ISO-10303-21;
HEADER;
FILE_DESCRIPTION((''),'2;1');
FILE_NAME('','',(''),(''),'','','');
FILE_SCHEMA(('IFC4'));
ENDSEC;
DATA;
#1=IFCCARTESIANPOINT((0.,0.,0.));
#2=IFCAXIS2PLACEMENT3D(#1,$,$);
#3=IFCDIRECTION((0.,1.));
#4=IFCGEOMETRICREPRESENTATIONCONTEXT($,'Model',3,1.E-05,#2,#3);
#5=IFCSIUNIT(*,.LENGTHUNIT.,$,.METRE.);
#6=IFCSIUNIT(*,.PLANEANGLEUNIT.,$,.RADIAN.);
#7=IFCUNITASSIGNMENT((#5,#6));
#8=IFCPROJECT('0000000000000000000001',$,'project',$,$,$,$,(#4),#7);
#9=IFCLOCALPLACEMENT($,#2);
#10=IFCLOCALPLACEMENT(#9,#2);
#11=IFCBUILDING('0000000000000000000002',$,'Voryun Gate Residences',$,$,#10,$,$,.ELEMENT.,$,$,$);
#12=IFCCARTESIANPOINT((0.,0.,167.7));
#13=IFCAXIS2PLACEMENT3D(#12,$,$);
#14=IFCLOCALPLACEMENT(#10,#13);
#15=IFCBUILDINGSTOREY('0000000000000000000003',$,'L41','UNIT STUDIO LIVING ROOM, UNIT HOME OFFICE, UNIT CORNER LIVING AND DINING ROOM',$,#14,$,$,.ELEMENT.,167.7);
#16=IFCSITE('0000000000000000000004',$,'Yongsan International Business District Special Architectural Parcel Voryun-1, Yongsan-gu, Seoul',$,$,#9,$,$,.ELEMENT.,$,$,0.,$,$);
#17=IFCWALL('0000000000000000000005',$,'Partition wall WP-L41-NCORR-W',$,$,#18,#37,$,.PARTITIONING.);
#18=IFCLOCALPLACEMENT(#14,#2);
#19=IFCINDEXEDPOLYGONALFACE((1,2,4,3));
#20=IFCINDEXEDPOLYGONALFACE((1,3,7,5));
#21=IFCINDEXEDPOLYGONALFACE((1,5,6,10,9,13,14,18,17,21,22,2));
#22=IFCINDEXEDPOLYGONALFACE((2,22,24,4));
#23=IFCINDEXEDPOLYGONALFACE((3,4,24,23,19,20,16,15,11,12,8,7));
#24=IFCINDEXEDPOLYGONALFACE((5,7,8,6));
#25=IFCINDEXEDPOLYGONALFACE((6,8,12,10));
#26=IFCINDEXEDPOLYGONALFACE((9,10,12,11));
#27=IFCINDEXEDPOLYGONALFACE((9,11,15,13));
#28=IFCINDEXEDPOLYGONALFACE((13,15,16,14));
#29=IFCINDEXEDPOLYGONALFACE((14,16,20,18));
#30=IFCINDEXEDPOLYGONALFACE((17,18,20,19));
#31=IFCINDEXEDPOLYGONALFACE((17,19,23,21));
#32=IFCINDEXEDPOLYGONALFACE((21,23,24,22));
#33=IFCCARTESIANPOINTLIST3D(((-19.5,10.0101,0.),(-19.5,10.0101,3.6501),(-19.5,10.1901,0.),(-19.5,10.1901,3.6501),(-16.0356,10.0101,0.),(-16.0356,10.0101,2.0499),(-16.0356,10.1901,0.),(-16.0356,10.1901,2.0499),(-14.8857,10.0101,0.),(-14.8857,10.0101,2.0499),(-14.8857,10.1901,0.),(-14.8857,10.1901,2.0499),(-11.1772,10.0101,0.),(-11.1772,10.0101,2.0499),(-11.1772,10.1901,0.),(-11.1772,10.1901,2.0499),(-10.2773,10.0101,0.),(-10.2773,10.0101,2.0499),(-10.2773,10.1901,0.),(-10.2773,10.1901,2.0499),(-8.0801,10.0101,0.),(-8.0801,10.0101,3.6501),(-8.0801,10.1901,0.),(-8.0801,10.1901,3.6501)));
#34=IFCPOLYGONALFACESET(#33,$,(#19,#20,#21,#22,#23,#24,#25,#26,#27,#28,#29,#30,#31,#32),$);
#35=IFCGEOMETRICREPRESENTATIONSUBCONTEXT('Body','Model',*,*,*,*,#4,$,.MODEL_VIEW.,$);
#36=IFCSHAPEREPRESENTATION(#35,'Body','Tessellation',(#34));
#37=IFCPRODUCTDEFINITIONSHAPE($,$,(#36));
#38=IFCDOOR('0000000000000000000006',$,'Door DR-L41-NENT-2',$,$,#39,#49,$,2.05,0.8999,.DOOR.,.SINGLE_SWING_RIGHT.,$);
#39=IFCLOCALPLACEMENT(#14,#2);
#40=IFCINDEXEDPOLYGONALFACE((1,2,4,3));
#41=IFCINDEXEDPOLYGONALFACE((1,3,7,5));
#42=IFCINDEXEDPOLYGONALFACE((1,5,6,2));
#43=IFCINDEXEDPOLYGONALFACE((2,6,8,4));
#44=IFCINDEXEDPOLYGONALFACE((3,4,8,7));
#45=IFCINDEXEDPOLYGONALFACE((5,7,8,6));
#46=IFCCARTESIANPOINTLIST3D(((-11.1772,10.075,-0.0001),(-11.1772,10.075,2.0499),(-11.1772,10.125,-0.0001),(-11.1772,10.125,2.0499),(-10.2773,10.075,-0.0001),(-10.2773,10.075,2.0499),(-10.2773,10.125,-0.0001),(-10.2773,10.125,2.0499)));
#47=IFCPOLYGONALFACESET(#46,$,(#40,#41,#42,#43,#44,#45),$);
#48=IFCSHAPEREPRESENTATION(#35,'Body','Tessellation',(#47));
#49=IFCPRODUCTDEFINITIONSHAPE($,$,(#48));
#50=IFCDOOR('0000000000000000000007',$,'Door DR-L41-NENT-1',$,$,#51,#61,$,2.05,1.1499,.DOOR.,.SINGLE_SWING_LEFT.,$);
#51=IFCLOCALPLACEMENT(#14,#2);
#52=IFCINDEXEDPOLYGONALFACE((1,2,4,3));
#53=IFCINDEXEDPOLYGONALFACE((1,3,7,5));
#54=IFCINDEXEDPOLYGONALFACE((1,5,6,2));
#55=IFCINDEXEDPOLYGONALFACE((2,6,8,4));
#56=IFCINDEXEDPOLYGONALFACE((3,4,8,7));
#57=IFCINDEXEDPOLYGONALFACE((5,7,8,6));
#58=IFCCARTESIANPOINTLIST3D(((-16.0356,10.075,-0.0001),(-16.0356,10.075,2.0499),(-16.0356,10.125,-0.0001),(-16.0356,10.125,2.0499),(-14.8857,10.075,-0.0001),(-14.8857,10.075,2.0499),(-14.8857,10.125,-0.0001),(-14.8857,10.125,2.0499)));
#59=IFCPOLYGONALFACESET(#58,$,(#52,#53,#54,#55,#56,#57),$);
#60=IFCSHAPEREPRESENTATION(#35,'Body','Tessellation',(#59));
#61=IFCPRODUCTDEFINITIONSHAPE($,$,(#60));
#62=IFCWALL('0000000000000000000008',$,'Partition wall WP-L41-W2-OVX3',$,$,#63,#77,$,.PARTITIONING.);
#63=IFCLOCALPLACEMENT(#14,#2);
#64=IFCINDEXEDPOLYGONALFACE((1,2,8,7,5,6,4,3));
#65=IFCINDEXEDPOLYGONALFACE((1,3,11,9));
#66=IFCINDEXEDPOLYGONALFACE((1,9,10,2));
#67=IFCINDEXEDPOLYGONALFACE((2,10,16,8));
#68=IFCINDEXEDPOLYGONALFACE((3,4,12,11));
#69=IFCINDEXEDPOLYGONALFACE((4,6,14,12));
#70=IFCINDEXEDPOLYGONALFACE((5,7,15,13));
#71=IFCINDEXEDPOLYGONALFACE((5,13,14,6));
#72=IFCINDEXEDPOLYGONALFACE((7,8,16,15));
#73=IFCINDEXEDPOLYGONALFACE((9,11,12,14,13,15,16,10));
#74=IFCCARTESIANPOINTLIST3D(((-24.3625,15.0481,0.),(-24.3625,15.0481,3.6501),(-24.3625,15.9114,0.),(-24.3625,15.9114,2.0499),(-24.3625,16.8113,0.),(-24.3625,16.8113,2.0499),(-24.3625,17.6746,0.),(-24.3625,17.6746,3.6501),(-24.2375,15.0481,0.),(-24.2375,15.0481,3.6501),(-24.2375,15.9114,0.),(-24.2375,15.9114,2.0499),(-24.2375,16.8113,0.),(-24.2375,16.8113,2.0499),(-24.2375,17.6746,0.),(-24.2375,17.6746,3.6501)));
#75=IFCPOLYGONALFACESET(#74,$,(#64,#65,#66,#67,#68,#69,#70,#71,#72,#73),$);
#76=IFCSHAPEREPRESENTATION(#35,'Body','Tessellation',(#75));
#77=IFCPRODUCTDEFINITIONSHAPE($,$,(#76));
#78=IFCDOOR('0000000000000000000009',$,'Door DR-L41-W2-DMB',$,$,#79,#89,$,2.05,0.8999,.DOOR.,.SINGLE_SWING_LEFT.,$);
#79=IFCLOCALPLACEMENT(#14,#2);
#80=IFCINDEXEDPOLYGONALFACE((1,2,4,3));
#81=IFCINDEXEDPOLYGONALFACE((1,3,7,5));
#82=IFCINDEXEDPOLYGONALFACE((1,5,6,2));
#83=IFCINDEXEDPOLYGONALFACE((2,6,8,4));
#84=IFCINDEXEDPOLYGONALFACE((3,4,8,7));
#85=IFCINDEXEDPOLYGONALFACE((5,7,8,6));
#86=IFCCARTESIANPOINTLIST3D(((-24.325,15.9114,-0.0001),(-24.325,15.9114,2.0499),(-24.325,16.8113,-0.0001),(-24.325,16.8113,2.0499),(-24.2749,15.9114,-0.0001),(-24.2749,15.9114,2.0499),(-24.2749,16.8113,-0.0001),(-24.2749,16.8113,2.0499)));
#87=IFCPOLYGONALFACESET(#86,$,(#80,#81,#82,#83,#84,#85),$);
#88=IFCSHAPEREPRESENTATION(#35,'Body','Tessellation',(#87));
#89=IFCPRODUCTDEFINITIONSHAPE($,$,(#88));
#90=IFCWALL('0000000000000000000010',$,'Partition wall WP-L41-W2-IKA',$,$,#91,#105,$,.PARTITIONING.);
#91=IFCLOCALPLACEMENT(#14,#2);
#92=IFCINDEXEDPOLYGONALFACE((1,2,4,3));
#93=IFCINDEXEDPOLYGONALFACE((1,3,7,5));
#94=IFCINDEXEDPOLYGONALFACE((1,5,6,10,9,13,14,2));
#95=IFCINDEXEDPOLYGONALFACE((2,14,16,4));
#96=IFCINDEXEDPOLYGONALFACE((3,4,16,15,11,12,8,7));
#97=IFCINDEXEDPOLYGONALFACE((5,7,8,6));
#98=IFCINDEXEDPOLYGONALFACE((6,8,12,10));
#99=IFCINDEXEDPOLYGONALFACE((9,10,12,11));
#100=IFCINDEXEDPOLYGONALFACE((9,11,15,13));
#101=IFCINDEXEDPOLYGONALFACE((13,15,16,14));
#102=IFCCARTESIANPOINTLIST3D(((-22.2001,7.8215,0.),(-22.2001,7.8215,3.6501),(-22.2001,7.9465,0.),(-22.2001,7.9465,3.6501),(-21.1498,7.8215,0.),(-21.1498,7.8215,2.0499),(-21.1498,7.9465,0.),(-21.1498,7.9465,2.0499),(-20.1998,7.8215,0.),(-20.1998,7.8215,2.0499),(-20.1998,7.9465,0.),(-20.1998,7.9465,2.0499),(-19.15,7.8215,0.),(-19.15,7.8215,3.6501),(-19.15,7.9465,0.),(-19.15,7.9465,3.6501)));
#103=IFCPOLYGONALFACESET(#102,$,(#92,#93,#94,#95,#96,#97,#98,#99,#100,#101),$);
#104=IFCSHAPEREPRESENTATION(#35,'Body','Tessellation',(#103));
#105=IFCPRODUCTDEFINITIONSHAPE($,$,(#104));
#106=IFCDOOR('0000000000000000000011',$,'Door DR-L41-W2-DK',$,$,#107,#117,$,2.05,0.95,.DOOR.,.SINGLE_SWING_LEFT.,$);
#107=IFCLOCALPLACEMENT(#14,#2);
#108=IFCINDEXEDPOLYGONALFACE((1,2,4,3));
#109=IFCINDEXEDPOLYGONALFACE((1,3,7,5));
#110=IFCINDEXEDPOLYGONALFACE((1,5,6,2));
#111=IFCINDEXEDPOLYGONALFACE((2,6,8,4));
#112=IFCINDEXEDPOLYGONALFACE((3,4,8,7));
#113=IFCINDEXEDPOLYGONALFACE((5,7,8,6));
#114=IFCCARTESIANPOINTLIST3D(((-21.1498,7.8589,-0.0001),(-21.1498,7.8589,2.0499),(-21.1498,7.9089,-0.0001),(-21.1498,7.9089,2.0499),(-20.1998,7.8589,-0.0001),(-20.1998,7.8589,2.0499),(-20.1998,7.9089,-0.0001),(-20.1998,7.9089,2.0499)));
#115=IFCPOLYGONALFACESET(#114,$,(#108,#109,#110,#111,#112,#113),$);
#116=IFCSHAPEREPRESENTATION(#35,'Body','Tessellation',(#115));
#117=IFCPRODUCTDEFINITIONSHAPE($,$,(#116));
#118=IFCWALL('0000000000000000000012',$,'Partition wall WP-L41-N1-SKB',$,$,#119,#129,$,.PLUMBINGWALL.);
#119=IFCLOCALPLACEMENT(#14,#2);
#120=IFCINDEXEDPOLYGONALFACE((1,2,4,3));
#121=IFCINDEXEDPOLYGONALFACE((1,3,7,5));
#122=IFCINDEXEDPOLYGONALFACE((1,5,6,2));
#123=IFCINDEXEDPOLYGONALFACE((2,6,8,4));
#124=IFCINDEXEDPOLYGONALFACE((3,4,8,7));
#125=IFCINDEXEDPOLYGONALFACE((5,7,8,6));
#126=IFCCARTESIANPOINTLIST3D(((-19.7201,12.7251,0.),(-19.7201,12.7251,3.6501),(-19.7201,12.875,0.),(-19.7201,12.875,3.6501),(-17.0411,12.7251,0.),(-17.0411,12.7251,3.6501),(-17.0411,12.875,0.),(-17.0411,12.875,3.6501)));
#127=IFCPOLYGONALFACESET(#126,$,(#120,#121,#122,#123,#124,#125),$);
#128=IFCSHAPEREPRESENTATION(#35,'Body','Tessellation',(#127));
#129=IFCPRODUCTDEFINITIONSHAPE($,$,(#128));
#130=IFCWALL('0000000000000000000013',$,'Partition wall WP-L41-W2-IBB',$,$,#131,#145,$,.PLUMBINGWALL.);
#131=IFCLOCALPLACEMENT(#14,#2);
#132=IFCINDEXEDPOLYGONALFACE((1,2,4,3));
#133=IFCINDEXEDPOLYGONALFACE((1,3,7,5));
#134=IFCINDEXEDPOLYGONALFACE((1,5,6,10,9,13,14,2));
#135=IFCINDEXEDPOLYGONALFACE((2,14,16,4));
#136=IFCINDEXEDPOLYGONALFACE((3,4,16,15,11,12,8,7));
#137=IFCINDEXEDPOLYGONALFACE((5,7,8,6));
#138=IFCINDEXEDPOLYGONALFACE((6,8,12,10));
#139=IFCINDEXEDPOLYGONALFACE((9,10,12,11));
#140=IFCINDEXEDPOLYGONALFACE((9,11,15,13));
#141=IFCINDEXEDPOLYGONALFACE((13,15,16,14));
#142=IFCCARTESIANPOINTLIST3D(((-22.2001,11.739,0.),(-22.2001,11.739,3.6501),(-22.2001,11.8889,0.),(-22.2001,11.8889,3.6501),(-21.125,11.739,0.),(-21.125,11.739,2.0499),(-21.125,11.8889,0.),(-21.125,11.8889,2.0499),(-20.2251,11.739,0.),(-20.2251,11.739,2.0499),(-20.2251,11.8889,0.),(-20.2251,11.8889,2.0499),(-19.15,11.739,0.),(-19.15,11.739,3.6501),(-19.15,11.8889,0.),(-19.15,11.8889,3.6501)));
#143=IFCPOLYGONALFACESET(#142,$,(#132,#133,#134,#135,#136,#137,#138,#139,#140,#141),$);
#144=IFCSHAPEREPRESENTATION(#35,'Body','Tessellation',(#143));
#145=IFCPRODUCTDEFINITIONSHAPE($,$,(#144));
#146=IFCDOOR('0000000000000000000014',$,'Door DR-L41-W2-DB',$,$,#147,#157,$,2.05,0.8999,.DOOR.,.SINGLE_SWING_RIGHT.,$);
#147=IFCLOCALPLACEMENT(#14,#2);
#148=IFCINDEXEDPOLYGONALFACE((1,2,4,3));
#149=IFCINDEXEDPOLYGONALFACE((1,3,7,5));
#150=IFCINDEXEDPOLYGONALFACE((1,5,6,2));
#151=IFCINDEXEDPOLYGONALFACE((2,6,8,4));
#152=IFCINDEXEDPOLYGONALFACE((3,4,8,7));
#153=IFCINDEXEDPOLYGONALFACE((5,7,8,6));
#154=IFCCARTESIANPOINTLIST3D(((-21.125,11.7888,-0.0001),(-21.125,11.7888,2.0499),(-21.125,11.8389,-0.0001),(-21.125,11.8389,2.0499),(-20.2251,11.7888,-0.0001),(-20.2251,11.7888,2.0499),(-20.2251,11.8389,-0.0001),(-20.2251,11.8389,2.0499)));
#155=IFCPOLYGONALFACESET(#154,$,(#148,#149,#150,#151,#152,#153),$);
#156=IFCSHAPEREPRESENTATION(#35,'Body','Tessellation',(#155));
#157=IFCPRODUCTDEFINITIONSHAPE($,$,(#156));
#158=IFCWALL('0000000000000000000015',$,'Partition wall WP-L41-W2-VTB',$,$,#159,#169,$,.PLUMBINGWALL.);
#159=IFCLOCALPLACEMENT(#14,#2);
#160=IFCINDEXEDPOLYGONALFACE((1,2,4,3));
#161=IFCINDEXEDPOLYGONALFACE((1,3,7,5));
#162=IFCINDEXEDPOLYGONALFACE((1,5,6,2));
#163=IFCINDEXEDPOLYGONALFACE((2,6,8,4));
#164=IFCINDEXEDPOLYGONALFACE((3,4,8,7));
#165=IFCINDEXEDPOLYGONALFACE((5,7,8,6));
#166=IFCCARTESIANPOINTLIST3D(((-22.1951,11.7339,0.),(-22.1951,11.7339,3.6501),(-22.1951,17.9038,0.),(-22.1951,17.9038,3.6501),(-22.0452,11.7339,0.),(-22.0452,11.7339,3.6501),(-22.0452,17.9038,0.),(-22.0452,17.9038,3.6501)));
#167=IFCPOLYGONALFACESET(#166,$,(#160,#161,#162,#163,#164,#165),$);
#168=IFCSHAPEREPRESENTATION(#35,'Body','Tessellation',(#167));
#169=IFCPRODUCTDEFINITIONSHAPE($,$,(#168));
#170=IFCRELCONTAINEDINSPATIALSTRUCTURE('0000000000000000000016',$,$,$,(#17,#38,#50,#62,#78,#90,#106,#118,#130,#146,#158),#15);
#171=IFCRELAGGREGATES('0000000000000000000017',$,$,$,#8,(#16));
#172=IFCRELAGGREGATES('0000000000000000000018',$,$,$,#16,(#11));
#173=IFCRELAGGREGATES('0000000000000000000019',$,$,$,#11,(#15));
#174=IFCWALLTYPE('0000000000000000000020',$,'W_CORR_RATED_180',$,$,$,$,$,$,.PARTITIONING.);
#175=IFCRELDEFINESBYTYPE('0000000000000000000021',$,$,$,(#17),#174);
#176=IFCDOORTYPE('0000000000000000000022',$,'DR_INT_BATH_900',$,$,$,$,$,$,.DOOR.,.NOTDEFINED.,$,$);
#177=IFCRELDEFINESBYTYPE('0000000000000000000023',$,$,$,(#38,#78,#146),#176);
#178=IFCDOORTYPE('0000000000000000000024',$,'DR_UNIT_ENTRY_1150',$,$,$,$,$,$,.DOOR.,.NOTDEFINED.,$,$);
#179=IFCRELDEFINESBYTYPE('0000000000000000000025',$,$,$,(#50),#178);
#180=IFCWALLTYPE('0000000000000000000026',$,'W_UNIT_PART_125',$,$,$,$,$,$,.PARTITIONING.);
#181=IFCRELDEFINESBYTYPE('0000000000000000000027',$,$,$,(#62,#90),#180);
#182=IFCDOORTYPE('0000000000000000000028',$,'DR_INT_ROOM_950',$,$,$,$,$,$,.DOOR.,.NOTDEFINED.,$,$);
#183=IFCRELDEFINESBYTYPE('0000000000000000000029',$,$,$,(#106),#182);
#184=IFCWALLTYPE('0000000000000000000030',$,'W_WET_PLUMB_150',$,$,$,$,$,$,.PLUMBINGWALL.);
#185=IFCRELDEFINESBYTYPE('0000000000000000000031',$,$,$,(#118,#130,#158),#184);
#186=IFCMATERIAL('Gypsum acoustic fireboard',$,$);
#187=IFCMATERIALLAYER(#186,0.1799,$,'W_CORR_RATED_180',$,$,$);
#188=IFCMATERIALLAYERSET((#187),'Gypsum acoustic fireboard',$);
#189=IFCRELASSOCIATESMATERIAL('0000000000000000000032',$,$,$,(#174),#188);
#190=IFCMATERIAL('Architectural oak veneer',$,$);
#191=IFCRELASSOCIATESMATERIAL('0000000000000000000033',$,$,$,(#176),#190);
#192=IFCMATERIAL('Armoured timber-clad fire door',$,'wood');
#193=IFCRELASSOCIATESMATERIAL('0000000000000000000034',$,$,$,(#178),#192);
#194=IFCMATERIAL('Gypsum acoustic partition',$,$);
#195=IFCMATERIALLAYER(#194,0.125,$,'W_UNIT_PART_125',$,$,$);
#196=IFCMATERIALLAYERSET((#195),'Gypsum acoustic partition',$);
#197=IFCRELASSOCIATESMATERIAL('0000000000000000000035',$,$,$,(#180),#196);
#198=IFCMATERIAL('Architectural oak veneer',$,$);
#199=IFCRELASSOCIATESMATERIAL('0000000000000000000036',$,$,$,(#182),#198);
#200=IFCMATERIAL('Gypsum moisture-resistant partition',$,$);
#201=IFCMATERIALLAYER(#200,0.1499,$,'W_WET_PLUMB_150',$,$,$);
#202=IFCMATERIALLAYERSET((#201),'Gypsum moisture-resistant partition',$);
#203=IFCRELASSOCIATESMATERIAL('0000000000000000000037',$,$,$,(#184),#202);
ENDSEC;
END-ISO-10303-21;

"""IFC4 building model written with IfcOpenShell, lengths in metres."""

from ifc_helpers import new_model, si_unit, direction, frame, frame_2d, origin, place, context, subcontext, project, spatial, rectangle, extrude, material, layer, layer_set, type_object, element, fill, save


model = new_model("IFC4")

# Units and contexts
model_context = context("Model", 3, precision=1e-05, world=origin(), true_north=direction((0.0, 1.0)))
body_context = subcontext(model_context, "Body", "Model", "MODEL_VIEW")
ifc_project = project(units=[si_unit("LENGTHUNIT", "METRE"), si_unit("PLANEANGLEUNIT", "RADIAN")], contexts=[model_context])

# Site, building, storey
site_placement = place(None, origin())
site = spatial("IfcSite", under=ifc_project, at=site_placement, Name="Yongsan International Business District Special Architectural Parcel Voryun-1, Yongsan-gu, Seoul", CompositionType="ELEMENT", RefElevation=0.0)
building_placement = place(site_placement, origin())
building = spatial("IfcBuilding", under=site, at=building_placement, Name="Voryun Gate Residences", CompositionType="ELEMENT")
storey_placement = place(building_placement, frame((0.0, 0.0, 167.7)))
storey = spatial("IfcBuildingStorey", under=building, at=storey_placement, Name="L41", Description="UNIT STUDIO LIVING ROOM, UNIT HOME OFFICE, UNIT CORNER LIVING AND DINING ROOM", CompositionType="ELEMENT", Elevation=167.7)

# Wall, openings, doors
ifc_material_1 = material(Name="Gypsum acoustic fireboard")
ifc_layer_1 = layer(ifc_material_1, 0.1799, Name="W_CORR_RATED_180")
ifc_layer_set_1 = layer_set([ifc_layer_1], Name="Gypsum acoustic fireboard")
wall_type_1 = type_object("IfcWallType", Name="W_CORR_RATED_180", PredefinedType="PARTITIONING", material=ifc_layer_set_1)
wall_1_placement = place(storey_placement, frame((-19.5, 10.1001, 0.0), z_axis=(0.0, 0.0, 1.0), x_axis=(1.0, 0.0, 0.0)))
wall_1 = element("IfcWall", 1, at=wall_1_placement, inside=storey, type_object=wall_type_1, Name="Partition wall WP-L41-NCORR-W", PredefinedType="PARTITIONING", context=body_context, shape_type="SweptSolid", body=[
    extrude(rectangle(XDim=11.4199, YDim=0.1799, at=frame_2d((5.71, 0.0))), origin(), (0.0, 0.0, 1.0), 3.6501),
])
opening_1_placement = place(wall_1_placement, frame((3.4644, 0.0, 0.0)))
opening_1 = element("IfcOpeningElement", 2, at=opening_1_placement, cuts=wall_1, PredefinedType="OPENING", context=body_context, shape_type="SweptSolid", body=[
    extrude(rectangle(XDim=1.1499, YDim=2.05, at=frame_2d((0.575, 1.0249))), frame((0.0, 0.0999, 0.0), z_axis=(0.0, -1.0, 0.0), x_axis=(1.0, 0.0, 0.0)), (0.0, 0.0, 1.0), 0.2),
])
opening_2_placement = place(wall_1_placement, frame((8.3228, 0.0, 0.0)))
opening_2 = element("IfcOpeningElement", 3, at=opening_2_placement, cuts=wall_1, PredefinedType="OPENING", context=body_context, shape_type="SweptSolid", body=[
    extrude(rectangle(XDim=0.8999, YDim=2.05, at=frame_2d((0.45, 1.0249))), frame((0.0, 0.0999, 0.0), z_axis=(0.0, -1.0, 0.0), x_axis=(1.0, 0.0, 0.0)), (0.0, 0.0, 1.0), 0.2),
])
ifc_material_2 = material(Name="Architectural oak veneer")
door_type_1 = type_object("IfcDoorType", Name="DR_INT_BATH_900", OperationType="NOTDEFINED", PredefinedType="DOOR", material=ifc_material_2)
door_1_placement = place(opening_2_placement, origin())
door_1 = element("IfcDoor", 4, at=door_1_placement, inside=storey, type_object=door_type_1, Name="Door DR-L41-NENT-2", OperationType="SINGLE_SWING_RIGHT", OverallHeight=2.05, OverallWidth=0.8999, PredefinedType="DOOR", context=body_context, shape_type="SweptSolid", body=[
    extrude(rectangle(XDim=0.8999, YDim=2.05, at=frame_2d((0.45, 1.0249))), frame((0.0, 0.0249, 0.0), z_axis=(0.0, -1.0, 0.0), x_axis=(1.0, 0.0, 0.0)), (0.0, 0.0, 1.0), 0.05),
])
fill(opening_2, door_1)
ifc_material_3 = material(Name="Armoured timber-clad fire door", Category="wood")
door_type_2 = type_object("IfcDoorType", Name="DR_UNIT_ENTRY_1150", OperationType="NOTDEFINED", PredefinedType="DOOR", material=ifc_material_3)
door_2_placement = place(opening_1_placement, origin())
door_2 = element("IfcDoor", 5, at=door_2_placement, inside=storey, type_object=door_type_2, Name="Door DR-L41-NENT-1", OperationType="SINGLE_SWING_LEFT", OverallHeight=2.05, OverallWidth=1.1499, PredefinedType="DOOR", context=body_context, shape_type="SweptSolid", body=[
    extrude(rectangle(XDim=1.1499, YDim=2.05, at=frame_2d((0.575, 1.0249))), frame((0.0, 0.0249, 0.0), z_axis=(0.0, -1.0, 0.0), x_axis=(1.0, 0.0, 0.0)), (0.0, 0.0, 1.0), 0.05),
])
fill(opening_1, door_2)

# Walls, openings, doors
ifc_material_4 = material(Name="Gypsum acoustic partition")
ifc_layer_2 = layer(ifc_material_4, 0.125, Name="W_UNIT_PART_125")
ifc_layer_set_2 = layer_set([ifc_layer_2], Name="Gypsum acoustic partition")
wall_type_2 = type_object("IfcWallType", Name="W_UNIT_PART_125", PredefinedType="PARTITIONING", material=ifc_layer_set_2)
wall_2_placement = place(storey_placement, frame((-24.3, 15.0481, 0.0), z_axis=(0.0, 0.0, 1.0), x_axis=(0.0, 1.0, 0.0)))
wall_2 = element("IfcWall", 6, at=wall_2_placement, inside=storey, type_object=wall_type_2, Name="Partition wall WP-L41-W2-OVX3", PredefinedType="PARTITIONING", context=body_context, shape_type="SweptSolid", body=[
    extrude(rectangle(XDim=2.6265, YDim=0.125, at=frame_2d((1.3132, 0.0))), origin(), (0.0, 0.0, 1.0), 3.6501),
])
opening_3_placement = place(wall_2_placement, frame((0.8633, 0.0, 0.0)))
opening_3 = element("IfcOpeningElement", 7, at=opening_3_placement, cuts=wall_2, PredefinedType="OPENING", context=body_context, shape_type="SweptSolid", body=[
    extrude(rectangle(XDim=0.8999, YDim=2.05, at=frame_2d((0.45, 1.0249))), frame((0.0, 0.0725, 0.0), z_axis=(0.0, -1.0, 0.0), x_axis=(1.0, 0.0, 0.0)), (0.0, 0.0, 1.0), 0.145),
])
door_3_placement = place(opening_3_placement, origin())
door_3 = element("IfcDoor", 8, at=door_3_placement, inside=storey, type_object=door_type_1, Name="Door DR-L41-W2-DMB", OperationType="SINGLE_SWING_LEFT", OverallHeight=2.05, OverallWidth=0.8999, PredefinedType="DOOR", context=body_context, shape_type="SweptSolid", body=[
    extrude(rectangle(XDim=0.8999, YDim=2.05, at=frame_2d((0.45, 1.0249))), frame((0.0, 0.0249, 0.0), z_axis=(0.0, -1.0, 0.0), x_axis=(1.0, 0.0, 0.0)), (0.0, 0.0, 1.0), 0.05),
])
fill(opening_3, door_3)
wall_3_placement = place(storey_placement, frame((-22.2, 7.884, 0.0), z_axis=(0.0, 0.0, 1.0), x_axis=(1.0, 0.0, 0.0)))
wall_3 = element("IfcWall", 9, at=wall_3_placement, inside=storey, type_object=wall_type_2, Name="Partition wall WP-L41-W2-IKA", PredefinedType="PARTITIONING", context=body_context, shape_type="SweptSolid", body=[
    extrude(rectangle(XDim=3.05, YDim=0.125, at=frame_2d((1.5249, 0.0))), origin(), (0.0, 0.0, 1.0), 3.6501),
])
opening_4_placement = place(wall_3_placement, frame((1.05, 0.0, 0.0)))
opening_4 = element("IfcOpeningElement", 10, at=opening_4_placement, cuts=wall_3, PredefinedType="OPENING", context=body_context, shape_type="SweptSolid", body=[
    extrude(rectangle(XDim=0.95, YDim=2.05, at=frame_2d((0.4751, 1.0249))), frame((0.0, 0.0725, 0.0), z_axis=(0.0, -1.0, 0.0), x_axis=(1.0, 0.0, 0.0)), (0.0, 0.0, 1.0), 0.145),
])
ifc_material_5 = material(Name="Architectural oak veneer")
door_type_3 = type_object("IfcDoorType", Name="DR_INT_ROOM_950", OperationType="NOTDEFINED", PredefinedType="DOOR", material=ifc_material_5)
door_4_placement = place(opening_4_placement, origin())
door_4 = element("IfcDoor", 11, at=door_4_placement, inside=storey, type_object=door_type_3, Name="Door DR-L41-W2-DK", OperationType="SINGLE_SWING_LEFT", OverallHeight=2.05, OverallWidth=0.95, PredefinedType="DOOR", context=body_context, shape_type="SweptSolid", body=[
    extrude(rectangle(XDim=0.95, YDim=2.05, at=frame_2d((0.4751, 1.0249))), frame((0.0, 0.0249, 0.0), z_axis=(0.0, -1.0, 0.0), x_axis=(1.0, 0.0, 0.0)), (0.0, 0.0, 1.0), 0.05),
])
fill(opening_4, door_4)

# Wall
ifc_material_6 = material(Name="Gypsum moisture-resistant partition")
ifc_layer_3 = layer(ifc_material_6, 0.1499, Name="W_WET_PLUMB_150")
ifc_layer_set_3 = layer_set([ifc_layer_3], Name="Gypsum moisture-resistant partition")
wall_type_3 = type_object("IfcWallType", Name="W_WET_PLUMB_150", PredefinedType="PLUMBINGWALL", material=ifc_layer_set_3)
wall_4_placement = place(storey_placement, frame((-19.72, 12.8, 0.0), z_axis=(0.0, 0.0, 1.0), x_axis=(1.0, 0.0, 0.0)))
element("IfcWall", 12, at=wall_4_placement, inside=storey, type_object=wall_type_3, Name="Partition wall WP-L41-N1-SKB", PredefinedType="PLUMBINGWALL", context=body_context, shape_type="SweptSolid", body=[
    extrude(rectangle(XDim=2.679, YDim=0.1499, at=frame_2d((1.3394, 0.0))), origin(), (0.0, 0.0, 1.0), 3.6501),
])

# Wall, opening, door
wall_5_placement = place(storey_placement, frame((-22.2, 11.814, 0.0), z_axis=(0.0, 0.0, 1.0), x_axis=(1.0, 0.0, 0.0)))
wall_5 = element("IfcWall", 13, at=wall_5_placement, inside=storey, type_object=wall_type_3, Name="Partition wall WP-L41-W2-IBB", PredefinedType="PLUMBINGWALL", context=body_context, shape_type="SweptSolid", body=[
    extrude(rectangle(XDim=3.05, YDim=0.1499, at=frame_2d((1.5249, 0.0))), origin(), (0.0, 0.0, 1.0), 3.6501),
])
opening_5_placement = place(wall_5_placement, frame((1.075, 0.0, 0.0)))
opening_5 = element("IfcOpeningElement", 14, at=opening_5_placement, cuts=wall_5, PredefinedType="OPENING", context=body_context, shape_type="SweptSolid", body=[
    extrude(rectangle(XDim=0.8999, YDim=2.05, at=frame_2d((0.45, 1.0249))), frame((0.0, 0.085, 0.0), z_axis=(0.0, -1.0, 0.0), x_axis=(1.0, 0.0, 0.0)), (0.0, 0.0, 1.0), 0.1699),
])
door_5_placement = place(opening_5_placement, origin())
door_5 = element("IfcDoor", 15, at=door_5_placement, inside=storey, type_object=door_type_1, Name="Door DR-L41-W2-DB", OperationType="SINGLE_SWING_RIGHT", OverallHeight=2.05, OverallWidth=0.8999, PredefinedType="DOOR", context=body_context, shape_type="SweptSolid", body=[
    extrude(rectangle(XDim=0.8999, YDim=2.05, at=frame_2d((0.45, 1.0249))), frame((0.0, 0.0249, 0.0), z_axis=(0.0, -1.0, 0.0), x_axis=(1.0, 0.0, 0.0)), (0.0, 0.0, 1.0), 0.05),
])
fill(opening_5, door_5)

# Wall
wall_6_placement = place(storey_placement, frame((-22.1201, 11.7339, 0.0), z_axis=(0.0, 0.0, 1.0), x_axis=(0.0, 1.0, 0.0)))
element("IfcWall", 16, at=wall_6_placement, inside=storey, type_object=wall_type_3, Name="Partition wall WP-L41-W2-VTB", PredefinedType="PLUMBINGWALL", context=body_context, shape_type="SweptSolid", body=[
    extrude(rectangle(XDim=6.1699, YDim=0.1499, at=frame_2d((3.085, 0.0))), origin(), (0.0, 0.0, 1.0), 3.6501),
])

save(model, "model.ifc")
